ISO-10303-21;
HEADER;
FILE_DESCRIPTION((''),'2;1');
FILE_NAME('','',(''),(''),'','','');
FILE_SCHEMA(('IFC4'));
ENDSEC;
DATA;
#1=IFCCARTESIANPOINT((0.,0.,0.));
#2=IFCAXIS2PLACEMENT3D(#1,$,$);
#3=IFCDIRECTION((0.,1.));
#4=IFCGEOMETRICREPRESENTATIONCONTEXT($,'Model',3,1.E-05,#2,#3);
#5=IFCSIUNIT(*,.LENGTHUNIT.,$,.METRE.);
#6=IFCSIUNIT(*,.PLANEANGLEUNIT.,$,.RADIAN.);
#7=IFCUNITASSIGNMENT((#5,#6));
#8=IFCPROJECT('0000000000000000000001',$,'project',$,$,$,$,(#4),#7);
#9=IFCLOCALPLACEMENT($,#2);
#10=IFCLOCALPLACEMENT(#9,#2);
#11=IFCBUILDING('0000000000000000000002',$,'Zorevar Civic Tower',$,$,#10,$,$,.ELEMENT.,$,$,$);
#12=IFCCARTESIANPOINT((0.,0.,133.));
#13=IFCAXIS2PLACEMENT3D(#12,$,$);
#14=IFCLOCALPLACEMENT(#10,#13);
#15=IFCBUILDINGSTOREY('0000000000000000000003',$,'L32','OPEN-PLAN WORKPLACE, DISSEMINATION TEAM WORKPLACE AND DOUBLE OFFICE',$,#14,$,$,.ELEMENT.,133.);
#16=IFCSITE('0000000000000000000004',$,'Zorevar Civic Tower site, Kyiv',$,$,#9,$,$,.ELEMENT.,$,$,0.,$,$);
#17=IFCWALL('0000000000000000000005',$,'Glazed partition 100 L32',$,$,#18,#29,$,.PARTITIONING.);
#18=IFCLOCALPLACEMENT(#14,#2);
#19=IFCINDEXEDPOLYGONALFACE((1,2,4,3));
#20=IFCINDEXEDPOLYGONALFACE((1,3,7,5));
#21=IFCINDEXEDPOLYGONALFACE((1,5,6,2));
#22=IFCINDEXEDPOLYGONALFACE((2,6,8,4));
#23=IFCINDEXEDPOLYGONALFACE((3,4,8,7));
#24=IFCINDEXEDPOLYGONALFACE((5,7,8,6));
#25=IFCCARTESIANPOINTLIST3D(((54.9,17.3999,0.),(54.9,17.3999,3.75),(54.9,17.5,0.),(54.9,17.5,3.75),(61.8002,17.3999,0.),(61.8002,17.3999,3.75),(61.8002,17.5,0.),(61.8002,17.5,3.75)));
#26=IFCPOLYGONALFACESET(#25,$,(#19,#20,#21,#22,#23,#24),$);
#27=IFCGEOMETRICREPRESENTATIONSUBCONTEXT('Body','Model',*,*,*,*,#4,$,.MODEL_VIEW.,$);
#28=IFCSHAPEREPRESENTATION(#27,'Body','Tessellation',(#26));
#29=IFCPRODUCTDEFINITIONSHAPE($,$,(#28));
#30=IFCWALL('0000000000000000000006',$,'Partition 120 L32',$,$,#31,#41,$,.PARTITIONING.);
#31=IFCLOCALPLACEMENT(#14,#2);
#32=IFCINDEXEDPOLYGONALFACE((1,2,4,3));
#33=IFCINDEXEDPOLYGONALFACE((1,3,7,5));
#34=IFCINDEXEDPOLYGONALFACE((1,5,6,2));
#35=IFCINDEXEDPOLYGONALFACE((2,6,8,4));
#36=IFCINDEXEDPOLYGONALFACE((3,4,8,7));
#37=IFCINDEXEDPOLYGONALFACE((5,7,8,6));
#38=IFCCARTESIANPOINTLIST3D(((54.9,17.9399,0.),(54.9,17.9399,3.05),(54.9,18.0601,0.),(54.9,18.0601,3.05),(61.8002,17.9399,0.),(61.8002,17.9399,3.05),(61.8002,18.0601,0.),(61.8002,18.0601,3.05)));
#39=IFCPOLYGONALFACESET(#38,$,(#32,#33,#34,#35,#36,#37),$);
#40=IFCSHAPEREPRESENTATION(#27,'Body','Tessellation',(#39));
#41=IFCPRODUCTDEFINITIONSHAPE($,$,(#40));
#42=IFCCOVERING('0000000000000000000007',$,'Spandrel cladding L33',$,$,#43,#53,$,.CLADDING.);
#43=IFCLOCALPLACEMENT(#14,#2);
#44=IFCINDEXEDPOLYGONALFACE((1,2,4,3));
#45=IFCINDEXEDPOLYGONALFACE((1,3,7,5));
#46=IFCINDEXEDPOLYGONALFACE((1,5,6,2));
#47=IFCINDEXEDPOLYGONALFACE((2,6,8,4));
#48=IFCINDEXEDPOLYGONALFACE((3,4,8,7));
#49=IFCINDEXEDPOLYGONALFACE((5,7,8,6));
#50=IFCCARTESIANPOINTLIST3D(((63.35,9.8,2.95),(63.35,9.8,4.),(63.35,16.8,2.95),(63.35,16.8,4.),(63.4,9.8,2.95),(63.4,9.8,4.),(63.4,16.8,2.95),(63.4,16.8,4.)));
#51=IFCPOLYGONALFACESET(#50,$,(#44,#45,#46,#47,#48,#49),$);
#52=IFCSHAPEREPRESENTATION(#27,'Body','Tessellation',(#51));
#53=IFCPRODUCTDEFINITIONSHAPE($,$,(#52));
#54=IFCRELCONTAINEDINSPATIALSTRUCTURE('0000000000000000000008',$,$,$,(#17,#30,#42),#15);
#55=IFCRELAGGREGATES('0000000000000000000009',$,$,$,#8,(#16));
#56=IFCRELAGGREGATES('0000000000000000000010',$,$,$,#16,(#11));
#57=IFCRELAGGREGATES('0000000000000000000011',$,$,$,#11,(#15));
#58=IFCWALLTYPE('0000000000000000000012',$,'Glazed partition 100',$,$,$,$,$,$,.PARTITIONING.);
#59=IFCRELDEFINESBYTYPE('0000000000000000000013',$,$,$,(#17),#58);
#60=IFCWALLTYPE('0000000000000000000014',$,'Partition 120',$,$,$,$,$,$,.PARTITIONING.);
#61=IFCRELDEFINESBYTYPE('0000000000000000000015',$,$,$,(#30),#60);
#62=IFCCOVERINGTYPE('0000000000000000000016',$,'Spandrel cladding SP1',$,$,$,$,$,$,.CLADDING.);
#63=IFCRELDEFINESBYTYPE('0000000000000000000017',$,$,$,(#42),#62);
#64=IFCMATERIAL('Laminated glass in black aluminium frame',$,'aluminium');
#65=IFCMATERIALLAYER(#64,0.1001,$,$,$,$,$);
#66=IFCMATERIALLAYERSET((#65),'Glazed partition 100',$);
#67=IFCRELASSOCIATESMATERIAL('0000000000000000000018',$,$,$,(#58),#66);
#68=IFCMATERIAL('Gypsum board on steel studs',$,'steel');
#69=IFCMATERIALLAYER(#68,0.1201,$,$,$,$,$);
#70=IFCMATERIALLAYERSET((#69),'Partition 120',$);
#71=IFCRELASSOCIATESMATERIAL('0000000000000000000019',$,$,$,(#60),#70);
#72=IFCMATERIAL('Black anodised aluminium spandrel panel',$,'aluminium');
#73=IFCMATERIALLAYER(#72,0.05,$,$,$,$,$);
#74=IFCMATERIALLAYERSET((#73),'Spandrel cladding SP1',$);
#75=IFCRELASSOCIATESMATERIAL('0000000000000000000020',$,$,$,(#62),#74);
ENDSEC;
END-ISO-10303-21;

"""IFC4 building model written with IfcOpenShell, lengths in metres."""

from ifc_helpers import new_model, si_unit, direction, frame, frame_2d, origin, place, context, subcontext, project, spatial, rectangle, extrude, material, layer, layer_set, type_object, element, save


model = new_model("IFC4")

# Units and contexts
model_context = context("Model", 3, precision=1e-05, world=origin(), true_north=direction((0.0, 1.0)))
body_context = subcontext(model_context, "Body", "Model", "MODEL_VIEW")
ifc_project = project(units=[si_unit("LENGTHUNIT", "METRE"), si_unit("PLANEANGLEUNIT", "RADIAN")], contexts=[model_context])

# Site, building, storey
site_placement = place(None, origin())
site = spatial("IfcSite", under=ifc_project, at=site_placement, Name="Zorevar Civic Tower site, Kyiv", CompositionType="ELEMENT", RefElevation=0.0)
building_placement = place(site_placement, origin())
building = spatial("IfcBuilding", under=site, at=building_placement, Name="Zorevar Civic Tower", CompositionType="ELEMENT")
storey_placement = place(building_placement, frame((0.0, 0.0, 133.0)))
storey = spatial("IfcBuildingStorey", under=building, at=storey_placement, Name="L32", Description="OPEN-PLAN WORKPLACE, DISSEMINATION TEAM WORKPLACE AND DOUBLE OFFICE", CompositionType="ELEMENT", Elevation=133.0)

# Walls
ifc_material_1 = material(Name="Laminated glass in black aluminium frame", Category="aluminium")
ifc_layer_1 = layer(ifc_material_1, 0.1001)
ifc_layer_set_1 = layer_set([ifc_layer_1], Name="Glazed partition 100")
wall_type_1 = type_object("IfcWallType", Name="Glazed partition 100", PredefinedType="PARTITIONING", material=ifc_layer_set_1)
wall_1_placement = place(storey_placement, frame((54.8999, 17.45, 0.0), z_axis=(0.0, 0.0, 1.0), x_axis=(1.0, 0.0, 0.0)))
element("IfcWall", 1, at=wall_1_placement, inside=storey, type_object=wall_type_1, Name="Glazed partition 100 L32", PredefinedType="PARTITIONING", context=body_context, shape_type="SweptSolid", body=[
    extrude(rectangle(XDim=6.9001, YDim=0.1001, at=frame_2d((3.4502, 0.0))), origin(), (0.0, 0.0, 1.0), 3.75),
])
ifc_material_2 = material(Name="Gypsum board on steel studs", Category="steel")
ifc_layer_2 = layer(ifc_material_2, 0.1201)
ifc_layer_set_2 = layer_set([ifc_layer_2], Name="Partition 120")
wall_type_2 = type_object("IfcWallType", Name="Partition 120", PredefinedType="PARTITIONING", material=ifc_layer_set_2)
wall_2_placement = place(storey_placement, frame((54.8999, 18.0, 0.0), z_axis=(0.0, 0.0, 1.0), x_axis=(1.0, 0.0, 0.0)))
element("IfcWall", 2, at=wall_2_placement, inside=storey, type_object=wall_type_2, Name="Partition 120 L32", PredefinedType="PARTITIONING", context=body_context, shape_type="SweptSolid", body=[
    extrude(rectangle(XDim=6.9001, YDim=0.1201, at=frame_2d((3.4502, 0.0))), origin(), (0.0, 0.0, 1.0), 3.05),
])

# Covering
ifc_material_3 = material(Name="Black anodised aluminium spandrel panel", Category="aluminium")
ifc_layer_3 = layer(ifc_material_3, 0.05)
ifc_layer_set_3 = layer_set([ifc_layer_3], Name="Spandrel cladding SP1")
covering_type = type_object("IfcCoveringType", Name="Spandrel cladding SP1", PredefinedType="CLADDING", material=ifc_layer_set_3)
covering_placement = place(storey_placement, frame((63.375, 9.8, 2.95), z_axis=(0.0, 0.0, 1.0), x_axis=(0.0, 1.0, 0.0)))
element("IfcCovering", 3, at=covering_placement, inside=storey, type_object=covering_type, Name="Spandrel cladding L33", PredefinedType="CLADDING", context=body_context, shape_type="SweptSolid", body=[
    extrude(rectangle(XDim=7.0, YDim=0.05, at=frame_2d((3.5, 0.0))), origin(), (0.0, 0.0, 1.0), 1.05),
])

save(model, "model.ifc")
